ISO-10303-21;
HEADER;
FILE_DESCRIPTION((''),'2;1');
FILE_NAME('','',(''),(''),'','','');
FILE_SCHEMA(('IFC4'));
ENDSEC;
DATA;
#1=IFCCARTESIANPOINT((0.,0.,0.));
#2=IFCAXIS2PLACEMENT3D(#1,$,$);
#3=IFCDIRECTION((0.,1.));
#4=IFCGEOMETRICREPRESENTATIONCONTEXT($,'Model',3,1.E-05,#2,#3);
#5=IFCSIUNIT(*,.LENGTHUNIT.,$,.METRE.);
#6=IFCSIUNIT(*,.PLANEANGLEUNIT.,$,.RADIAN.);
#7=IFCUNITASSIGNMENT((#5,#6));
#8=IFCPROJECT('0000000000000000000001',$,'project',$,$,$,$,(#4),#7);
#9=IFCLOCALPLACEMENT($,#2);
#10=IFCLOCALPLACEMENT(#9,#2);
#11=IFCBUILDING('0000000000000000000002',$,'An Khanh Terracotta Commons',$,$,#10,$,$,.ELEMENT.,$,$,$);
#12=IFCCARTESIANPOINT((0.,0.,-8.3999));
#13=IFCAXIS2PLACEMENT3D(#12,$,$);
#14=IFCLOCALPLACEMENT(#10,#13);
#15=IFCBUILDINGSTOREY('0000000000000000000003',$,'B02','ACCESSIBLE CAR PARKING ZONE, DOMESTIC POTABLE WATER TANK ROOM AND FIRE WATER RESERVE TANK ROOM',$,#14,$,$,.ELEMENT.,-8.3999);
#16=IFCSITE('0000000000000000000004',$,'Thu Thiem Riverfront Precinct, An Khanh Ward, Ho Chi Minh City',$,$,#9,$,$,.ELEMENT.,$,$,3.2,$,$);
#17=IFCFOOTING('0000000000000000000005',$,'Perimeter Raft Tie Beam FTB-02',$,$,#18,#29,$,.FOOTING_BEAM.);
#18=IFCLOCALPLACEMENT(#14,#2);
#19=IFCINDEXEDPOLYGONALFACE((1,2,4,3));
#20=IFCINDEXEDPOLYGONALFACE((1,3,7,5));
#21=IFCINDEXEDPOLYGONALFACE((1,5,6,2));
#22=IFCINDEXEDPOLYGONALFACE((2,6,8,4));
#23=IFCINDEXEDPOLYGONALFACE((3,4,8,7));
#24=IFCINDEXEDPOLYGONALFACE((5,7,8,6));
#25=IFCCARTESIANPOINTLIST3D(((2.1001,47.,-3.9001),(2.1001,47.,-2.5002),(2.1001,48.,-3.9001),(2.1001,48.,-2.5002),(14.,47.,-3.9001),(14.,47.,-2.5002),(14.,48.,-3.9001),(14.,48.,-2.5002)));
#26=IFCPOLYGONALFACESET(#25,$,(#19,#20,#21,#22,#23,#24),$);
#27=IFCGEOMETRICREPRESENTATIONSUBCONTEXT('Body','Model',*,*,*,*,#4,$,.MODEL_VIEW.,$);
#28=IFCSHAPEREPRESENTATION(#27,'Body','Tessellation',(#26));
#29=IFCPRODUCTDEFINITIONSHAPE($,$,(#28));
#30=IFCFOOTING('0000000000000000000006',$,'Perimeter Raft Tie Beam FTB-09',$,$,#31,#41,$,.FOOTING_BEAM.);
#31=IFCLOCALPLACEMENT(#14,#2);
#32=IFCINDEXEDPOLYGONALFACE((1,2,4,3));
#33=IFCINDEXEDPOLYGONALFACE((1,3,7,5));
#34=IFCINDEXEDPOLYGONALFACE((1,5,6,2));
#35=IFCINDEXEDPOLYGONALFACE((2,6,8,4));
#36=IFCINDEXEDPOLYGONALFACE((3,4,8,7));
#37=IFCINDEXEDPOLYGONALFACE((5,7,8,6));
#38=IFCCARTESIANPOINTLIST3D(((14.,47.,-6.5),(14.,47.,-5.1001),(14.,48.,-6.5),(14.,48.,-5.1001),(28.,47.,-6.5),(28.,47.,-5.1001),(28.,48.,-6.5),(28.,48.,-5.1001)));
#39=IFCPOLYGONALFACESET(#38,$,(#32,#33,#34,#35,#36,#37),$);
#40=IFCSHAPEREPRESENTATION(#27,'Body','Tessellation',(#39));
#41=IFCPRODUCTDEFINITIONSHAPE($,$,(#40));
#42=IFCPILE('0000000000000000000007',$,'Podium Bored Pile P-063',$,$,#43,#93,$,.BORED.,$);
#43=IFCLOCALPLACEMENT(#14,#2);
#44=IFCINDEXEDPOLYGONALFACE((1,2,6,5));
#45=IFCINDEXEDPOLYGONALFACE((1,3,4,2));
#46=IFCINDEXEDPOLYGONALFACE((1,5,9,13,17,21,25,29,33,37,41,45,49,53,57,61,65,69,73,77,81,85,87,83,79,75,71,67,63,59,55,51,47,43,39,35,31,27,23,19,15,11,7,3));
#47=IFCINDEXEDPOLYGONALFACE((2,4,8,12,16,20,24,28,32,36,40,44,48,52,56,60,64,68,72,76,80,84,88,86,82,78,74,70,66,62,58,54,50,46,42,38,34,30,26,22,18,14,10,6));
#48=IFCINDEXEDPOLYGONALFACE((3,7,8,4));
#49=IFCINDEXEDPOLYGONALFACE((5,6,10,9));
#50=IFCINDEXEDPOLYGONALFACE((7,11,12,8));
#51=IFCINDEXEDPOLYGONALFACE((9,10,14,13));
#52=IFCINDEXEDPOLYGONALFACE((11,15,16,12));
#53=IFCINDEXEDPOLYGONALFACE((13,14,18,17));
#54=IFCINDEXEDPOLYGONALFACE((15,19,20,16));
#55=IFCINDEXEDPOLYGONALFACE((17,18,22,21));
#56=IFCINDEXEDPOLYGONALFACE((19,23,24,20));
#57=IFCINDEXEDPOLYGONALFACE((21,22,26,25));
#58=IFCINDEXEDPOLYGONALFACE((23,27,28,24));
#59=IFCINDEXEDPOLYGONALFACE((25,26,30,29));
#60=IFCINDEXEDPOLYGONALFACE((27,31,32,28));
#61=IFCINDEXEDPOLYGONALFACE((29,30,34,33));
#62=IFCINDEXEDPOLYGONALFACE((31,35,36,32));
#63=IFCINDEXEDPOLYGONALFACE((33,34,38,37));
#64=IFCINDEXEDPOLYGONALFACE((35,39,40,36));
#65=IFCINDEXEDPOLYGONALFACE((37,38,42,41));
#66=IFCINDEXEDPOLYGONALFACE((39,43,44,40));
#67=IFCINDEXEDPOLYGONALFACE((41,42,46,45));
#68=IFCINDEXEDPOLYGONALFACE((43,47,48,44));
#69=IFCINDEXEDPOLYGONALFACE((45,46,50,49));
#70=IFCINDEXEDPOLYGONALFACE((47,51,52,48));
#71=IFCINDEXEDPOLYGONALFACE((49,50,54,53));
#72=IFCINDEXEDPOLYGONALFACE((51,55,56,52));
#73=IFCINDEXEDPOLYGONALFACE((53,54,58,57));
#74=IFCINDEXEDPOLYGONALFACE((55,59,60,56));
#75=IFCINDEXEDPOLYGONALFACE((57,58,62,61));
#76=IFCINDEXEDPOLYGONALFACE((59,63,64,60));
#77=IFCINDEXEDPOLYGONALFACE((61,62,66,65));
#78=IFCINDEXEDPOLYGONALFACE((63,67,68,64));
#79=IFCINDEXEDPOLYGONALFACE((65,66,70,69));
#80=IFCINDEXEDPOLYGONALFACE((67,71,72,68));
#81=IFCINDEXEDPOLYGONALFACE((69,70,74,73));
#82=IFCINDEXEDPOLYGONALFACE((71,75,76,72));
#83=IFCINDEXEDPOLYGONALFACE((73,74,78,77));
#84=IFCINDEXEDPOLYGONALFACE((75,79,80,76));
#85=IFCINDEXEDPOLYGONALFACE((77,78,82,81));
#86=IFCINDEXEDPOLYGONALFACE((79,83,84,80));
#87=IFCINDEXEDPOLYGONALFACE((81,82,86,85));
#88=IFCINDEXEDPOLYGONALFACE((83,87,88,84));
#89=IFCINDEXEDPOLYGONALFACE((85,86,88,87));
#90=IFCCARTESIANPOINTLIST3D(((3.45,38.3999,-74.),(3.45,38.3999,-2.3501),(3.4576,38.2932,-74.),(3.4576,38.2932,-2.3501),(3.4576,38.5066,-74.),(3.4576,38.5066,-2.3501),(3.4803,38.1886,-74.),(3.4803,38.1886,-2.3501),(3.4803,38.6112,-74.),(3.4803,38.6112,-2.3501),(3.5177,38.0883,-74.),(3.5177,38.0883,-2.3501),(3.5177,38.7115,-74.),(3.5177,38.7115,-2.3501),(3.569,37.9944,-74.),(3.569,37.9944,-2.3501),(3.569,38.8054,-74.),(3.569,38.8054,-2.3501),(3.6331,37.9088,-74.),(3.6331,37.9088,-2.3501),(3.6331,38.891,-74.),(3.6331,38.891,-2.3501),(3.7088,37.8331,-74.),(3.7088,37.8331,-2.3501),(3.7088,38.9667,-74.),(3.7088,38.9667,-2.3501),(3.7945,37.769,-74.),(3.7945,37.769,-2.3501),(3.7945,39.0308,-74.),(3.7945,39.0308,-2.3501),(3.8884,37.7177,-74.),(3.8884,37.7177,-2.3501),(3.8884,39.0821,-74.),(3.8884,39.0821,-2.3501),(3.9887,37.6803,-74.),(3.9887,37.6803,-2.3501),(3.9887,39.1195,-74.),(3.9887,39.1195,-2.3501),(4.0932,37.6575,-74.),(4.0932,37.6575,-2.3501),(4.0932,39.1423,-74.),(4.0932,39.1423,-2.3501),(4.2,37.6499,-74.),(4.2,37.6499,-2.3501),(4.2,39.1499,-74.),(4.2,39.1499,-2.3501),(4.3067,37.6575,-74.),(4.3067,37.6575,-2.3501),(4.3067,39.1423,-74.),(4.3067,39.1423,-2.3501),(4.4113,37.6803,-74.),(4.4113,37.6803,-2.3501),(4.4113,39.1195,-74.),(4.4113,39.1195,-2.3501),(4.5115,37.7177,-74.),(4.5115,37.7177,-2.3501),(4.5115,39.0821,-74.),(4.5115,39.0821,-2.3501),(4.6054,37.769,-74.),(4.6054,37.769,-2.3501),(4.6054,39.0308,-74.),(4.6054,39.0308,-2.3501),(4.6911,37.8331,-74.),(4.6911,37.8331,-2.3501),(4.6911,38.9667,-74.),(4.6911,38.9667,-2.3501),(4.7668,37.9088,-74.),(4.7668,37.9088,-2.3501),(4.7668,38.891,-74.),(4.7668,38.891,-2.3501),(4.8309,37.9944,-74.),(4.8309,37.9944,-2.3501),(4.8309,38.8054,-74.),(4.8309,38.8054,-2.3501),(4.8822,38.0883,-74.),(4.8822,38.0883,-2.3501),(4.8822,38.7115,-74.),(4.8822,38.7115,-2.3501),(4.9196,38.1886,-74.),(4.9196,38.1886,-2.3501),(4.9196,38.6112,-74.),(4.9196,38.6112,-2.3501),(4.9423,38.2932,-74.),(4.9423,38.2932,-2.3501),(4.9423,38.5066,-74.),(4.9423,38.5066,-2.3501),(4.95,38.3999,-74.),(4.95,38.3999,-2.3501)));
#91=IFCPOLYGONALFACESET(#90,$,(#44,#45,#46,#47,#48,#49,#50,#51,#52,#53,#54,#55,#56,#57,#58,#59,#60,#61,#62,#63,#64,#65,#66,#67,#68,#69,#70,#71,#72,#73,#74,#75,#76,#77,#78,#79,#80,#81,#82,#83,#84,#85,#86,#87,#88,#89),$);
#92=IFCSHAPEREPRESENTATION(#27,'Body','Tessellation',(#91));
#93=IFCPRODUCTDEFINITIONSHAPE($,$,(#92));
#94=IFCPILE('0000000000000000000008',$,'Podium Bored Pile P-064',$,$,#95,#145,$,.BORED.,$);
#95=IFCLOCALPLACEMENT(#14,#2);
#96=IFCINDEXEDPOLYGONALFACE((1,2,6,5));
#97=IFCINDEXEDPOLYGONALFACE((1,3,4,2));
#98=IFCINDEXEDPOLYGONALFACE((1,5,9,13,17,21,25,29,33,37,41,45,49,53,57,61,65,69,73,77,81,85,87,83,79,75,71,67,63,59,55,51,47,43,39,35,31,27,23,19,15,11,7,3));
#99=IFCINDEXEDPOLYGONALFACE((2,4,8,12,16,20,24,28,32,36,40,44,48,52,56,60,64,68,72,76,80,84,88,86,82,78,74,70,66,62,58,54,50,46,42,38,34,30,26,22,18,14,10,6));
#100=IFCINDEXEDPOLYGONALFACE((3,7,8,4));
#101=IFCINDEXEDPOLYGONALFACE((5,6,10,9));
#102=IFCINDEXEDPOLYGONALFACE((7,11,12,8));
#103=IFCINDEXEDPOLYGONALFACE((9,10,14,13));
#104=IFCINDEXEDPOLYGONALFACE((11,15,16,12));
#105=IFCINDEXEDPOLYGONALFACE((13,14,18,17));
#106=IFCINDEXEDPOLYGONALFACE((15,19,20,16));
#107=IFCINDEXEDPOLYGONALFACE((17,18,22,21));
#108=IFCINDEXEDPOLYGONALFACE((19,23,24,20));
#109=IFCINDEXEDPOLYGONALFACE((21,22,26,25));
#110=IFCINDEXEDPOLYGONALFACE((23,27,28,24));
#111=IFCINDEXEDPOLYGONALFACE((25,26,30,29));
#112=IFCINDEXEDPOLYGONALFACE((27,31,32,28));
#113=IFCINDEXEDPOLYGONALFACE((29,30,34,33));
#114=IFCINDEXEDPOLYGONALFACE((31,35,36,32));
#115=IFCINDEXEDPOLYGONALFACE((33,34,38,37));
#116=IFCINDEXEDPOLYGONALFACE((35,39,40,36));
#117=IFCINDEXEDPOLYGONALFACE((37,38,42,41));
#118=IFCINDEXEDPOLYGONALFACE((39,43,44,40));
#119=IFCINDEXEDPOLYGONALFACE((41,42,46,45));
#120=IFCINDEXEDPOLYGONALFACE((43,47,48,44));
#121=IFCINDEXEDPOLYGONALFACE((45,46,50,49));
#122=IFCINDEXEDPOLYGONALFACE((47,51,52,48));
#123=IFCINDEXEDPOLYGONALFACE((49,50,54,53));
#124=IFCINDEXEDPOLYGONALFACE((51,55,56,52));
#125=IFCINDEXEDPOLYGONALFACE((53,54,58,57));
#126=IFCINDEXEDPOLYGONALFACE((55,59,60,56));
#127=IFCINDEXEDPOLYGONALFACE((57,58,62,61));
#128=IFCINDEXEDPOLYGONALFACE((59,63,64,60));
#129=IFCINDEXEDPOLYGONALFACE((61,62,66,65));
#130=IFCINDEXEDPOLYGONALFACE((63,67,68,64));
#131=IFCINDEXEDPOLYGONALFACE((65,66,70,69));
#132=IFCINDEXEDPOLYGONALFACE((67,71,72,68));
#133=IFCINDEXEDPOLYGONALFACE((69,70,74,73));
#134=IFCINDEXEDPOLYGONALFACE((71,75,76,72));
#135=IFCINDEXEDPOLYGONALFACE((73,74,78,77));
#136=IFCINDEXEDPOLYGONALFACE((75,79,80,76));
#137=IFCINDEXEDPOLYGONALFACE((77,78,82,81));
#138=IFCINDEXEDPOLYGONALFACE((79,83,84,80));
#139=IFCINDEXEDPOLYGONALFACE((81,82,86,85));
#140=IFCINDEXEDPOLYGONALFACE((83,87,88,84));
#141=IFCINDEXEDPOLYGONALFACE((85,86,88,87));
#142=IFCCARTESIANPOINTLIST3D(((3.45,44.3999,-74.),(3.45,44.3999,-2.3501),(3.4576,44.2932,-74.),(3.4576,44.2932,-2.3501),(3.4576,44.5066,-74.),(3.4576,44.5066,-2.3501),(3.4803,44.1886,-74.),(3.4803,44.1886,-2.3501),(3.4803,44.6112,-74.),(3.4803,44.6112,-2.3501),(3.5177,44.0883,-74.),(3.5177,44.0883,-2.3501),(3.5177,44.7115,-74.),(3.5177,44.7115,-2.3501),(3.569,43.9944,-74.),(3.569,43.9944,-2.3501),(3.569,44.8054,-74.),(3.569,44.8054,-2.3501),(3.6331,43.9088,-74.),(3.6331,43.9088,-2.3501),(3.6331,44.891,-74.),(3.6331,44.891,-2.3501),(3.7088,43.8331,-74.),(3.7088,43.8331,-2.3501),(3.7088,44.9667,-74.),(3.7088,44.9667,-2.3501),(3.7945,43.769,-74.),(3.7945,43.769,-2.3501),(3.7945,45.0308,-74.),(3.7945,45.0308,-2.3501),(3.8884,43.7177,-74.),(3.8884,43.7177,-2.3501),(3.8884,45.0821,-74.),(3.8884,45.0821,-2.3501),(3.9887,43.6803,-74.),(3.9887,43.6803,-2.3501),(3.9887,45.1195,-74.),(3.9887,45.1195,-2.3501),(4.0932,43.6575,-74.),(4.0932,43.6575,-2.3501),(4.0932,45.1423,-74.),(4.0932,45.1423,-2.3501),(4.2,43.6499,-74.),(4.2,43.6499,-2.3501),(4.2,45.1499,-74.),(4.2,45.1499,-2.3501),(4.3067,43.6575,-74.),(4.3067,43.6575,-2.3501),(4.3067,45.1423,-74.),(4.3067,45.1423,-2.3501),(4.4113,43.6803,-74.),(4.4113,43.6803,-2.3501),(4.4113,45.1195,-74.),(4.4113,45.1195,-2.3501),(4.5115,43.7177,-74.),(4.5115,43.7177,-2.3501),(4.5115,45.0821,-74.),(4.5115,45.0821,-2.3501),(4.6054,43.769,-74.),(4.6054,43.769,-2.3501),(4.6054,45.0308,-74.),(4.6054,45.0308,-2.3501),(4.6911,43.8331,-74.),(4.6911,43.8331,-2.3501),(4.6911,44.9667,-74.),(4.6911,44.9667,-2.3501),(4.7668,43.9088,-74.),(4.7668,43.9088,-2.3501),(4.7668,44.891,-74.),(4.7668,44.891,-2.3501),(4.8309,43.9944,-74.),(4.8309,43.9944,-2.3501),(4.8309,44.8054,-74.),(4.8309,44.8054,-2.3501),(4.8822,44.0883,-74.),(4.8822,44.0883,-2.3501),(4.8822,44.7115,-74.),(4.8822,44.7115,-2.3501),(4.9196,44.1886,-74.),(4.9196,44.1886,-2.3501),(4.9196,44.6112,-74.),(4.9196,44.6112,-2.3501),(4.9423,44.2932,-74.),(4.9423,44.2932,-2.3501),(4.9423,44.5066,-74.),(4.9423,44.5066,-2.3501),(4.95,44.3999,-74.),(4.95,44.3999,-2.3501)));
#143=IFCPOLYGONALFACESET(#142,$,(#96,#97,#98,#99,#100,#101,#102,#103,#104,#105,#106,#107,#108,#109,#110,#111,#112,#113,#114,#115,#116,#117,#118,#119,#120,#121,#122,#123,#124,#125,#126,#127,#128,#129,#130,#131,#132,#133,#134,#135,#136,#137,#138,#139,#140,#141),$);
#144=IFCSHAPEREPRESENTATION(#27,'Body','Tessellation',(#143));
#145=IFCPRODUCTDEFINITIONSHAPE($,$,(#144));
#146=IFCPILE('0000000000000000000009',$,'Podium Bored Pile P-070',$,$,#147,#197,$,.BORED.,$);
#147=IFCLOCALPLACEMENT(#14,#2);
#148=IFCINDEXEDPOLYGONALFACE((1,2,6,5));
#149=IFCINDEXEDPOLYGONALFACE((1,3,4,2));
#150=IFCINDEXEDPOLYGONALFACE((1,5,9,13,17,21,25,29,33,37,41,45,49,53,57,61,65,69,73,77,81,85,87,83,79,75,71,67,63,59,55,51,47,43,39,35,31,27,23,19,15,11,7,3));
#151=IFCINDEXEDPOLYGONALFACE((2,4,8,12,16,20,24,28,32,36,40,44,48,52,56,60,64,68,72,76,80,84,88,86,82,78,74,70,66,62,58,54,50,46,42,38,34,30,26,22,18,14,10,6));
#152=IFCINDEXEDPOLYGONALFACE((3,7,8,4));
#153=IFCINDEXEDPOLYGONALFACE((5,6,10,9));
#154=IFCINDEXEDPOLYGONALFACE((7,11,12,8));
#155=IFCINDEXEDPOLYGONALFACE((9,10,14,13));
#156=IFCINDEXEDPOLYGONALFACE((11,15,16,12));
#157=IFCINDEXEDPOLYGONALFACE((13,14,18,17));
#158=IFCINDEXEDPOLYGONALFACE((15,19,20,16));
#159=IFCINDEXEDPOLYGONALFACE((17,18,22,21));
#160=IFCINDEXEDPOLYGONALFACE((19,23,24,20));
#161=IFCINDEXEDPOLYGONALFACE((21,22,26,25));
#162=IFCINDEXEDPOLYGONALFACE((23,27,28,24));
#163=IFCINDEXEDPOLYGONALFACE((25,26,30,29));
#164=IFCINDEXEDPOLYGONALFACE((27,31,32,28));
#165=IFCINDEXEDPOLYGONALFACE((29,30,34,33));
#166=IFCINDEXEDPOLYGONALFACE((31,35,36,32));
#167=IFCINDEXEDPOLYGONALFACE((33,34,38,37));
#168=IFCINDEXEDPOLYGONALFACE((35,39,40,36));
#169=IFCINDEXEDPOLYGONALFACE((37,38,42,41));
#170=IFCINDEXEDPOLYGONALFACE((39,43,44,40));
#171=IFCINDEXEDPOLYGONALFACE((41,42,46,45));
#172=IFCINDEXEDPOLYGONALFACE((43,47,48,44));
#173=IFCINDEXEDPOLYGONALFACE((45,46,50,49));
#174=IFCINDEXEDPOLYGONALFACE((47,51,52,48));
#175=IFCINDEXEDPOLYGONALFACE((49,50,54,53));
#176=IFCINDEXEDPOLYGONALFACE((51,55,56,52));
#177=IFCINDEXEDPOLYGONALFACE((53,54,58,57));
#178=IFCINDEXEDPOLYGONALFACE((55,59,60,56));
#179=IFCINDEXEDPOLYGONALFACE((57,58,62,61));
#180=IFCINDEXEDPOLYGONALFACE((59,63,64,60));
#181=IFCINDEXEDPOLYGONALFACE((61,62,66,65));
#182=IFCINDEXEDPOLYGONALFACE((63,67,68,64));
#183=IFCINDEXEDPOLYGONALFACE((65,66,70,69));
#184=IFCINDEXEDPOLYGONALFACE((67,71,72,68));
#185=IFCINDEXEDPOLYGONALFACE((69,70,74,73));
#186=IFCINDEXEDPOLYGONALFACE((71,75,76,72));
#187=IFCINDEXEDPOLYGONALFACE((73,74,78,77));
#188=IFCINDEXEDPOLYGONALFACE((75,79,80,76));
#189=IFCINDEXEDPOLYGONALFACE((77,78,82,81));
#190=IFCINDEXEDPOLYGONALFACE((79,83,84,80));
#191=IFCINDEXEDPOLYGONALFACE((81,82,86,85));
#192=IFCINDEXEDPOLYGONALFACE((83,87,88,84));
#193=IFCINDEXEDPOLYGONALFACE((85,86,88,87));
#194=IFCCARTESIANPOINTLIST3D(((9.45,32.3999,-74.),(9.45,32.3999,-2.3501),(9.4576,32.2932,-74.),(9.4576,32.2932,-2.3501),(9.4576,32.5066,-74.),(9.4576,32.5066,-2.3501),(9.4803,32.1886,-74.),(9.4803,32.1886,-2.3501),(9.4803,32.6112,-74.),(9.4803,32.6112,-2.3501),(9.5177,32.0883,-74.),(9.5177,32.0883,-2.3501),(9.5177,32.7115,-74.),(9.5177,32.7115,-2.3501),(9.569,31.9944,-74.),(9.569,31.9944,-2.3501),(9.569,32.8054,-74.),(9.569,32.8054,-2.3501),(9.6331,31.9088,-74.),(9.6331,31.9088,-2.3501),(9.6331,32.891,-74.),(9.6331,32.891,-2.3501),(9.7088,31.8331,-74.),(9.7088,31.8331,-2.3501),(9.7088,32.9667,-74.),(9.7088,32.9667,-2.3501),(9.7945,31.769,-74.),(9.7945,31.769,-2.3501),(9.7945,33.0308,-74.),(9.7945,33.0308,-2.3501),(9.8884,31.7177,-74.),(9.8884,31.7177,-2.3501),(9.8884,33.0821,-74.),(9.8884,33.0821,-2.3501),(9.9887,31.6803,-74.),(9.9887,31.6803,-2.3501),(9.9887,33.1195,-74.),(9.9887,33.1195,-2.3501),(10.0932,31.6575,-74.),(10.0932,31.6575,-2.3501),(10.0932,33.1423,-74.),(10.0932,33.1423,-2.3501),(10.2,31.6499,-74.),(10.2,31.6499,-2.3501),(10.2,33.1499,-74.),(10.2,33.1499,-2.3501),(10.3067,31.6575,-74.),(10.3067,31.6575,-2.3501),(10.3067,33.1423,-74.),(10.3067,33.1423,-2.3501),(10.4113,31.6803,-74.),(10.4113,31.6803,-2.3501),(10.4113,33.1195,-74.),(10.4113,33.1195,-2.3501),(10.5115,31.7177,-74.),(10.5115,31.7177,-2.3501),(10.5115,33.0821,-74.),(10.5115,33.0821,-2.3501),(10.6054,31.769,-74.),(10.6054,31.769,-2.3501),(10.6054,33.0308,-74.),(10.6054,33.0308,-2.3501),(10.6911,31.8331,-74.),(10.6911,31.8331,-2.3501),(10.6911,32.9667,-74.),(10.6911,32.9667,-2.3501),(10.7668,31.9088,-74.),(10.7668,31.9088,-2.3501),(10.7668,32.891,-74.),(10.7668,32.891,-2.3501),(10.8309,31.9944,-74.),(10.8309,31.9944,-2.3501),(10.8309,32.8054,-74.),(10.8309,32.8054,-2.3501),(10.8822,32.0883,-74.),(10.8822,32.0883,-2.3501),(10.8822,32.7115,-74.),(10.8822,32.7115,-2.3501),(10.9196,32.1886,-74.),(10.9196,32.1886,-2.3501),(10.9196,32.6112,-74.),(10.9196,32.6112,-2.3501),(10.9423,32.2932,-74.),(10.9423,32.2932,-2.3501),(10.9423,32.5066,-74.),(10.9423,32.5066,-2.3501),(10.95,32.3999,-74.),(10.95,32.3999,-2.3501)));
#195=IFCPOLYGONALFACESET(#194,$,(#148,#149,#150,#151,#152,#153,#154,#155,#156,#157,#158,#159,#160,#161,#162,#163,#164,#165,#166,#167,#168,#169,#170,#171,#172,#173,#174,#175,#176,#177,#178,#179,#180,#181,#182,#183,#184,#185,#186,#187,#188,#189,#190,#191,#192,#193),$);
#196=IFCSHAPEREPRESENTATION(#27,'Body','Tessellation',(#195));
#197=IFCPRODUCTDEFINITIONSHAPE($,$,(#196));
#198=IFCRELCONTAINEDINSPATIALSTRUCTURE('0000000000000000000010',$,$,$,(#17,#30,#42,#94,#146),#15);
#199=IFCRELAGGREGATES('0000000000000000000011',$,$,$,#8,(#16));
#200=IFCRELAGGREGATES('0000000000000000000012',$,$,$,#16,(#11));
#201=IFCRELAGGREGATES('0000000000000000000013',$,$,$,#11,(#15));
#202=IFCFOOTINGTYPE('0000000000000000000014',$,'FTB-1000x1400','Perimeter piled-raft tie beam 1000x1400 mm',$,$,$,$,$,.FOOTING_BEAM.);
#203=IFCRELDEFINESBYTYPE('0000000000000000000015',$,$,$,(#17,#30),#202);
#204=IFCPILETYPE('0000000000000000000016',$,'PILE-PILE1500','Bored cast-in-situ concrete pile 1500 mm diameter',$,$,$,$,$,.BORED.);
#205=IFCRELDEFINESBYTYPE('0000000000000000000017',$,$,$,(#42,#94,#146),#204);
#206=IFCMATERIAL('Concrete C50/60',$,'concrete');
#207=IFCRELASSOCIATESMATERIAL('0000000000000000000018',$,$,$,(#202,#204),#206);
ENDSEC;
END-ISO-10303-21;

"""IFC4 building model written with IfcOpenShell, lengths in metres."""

from ifc_helpers import new_model, si_unit, direction, frame, origin, origin_2d, place, context, subcontext, project, spatial, rectangle, circle, extrude, material, material_profile, profile_set, type_object, element, save


model = new_model("IFC4")

# Units and contexts
model_context = context("Model", 3, precision=1e-05, world=origin(), true_north=direction((0.0, 1.0)))
body_context = subcontext(model_context, "Body", "Model", "MODEL_VIEW")
ifc_project = project(units=[si_unit("LENGTHUNIT", "METRE"), si_unit("PLANEANGLEUNIT", "RADIAN")], contexts=[model_context])

# Site, building, storey
site_placement = place(None, origin())
site = spatial("IfcSite", under=ifc_project, at=site_placement, Name="Thu Thiem Riverfront Precinct, An Khanh Ward, Ho Chi Minh City", CompositionType="ELEMENT", RefElevation=3.2)
building_placement = place(site_placement, origin())
building = spatial("IfcBuilding", under=site, at=building_placement, Name="An Khanh Terracotta Commons", CompositionType="ELEMENT")
storey_placement = place(building_placement, frame((0.0, 0.0, -8.3999)))
storey = spatial("IfcBuildingStorey", under=building, at=storey_placement, Name="B02", Description="ACCESSIBLE CAR PARKING ZONE, DOMESTIC POTABLE WATER TANK ROOM AND FIRE WATER RESERVE TANK ROOM", CompositionType="ELEMENT", Elevation=-8.3999)

# Footings
ifc_material_1 = material(Name="Concrete C50/60", Category="concrete")
ifc_material_profile_1 = material_profile(ifc_material_1, rectangle(XDim=1.0, YDim=1.3999, at=origin_2d()), Name="FTB1000x1400")
ifc_profile_set_1 = profile_set([ifc_material_profile_1], Name="Concrete C50/60")
footing_type = type_object("IfcFootingType", Name="FTB-1000x1400", Description="Perimeter piled-raft tie beam 1000x1400 mm", PredefinedType="FOOTING_BEAM", material=ifc_profile_set_1)
footing_1_placement = place(storey_placement, frame((14.0, 47.5, -3.2002), z_axis=(-1.0, 0.0, 0.0), x_axis=(0.0, -1.0, 0.0)))
element("IfcFooting", 1, at=footing_1_placement, inside=storey, type_object=footing_type, Name="Perimeter Raft Tie Beam FTB-02", PredefinedType="FOOTING_BEAM", context=body_context, shape_type="SweptSolid", body=[
    extrude(rectangle(XDim=1.0, YDim=1.3999, at=origin_2d()), origin(), (0.0, 0.0, 1.0), 11.8999),
])
footing_2_placement = place(storey_placement, frame((14.0, 47.5, -5.8), z_axis=(1.0, 0.0, 0.0), x_axis=(0.0, 1.0, 0.0)))
element("IfcFooting", 2, at=footing_2_placement, inside=storey, type_object=footing_type, Name="Perimeter Raft Tie Beam FTB-09", PredefinedType="FOOTING_BEAM", context=body_context, shape_type="SweptSolid", body=[
    extrude(rectangle(XDim=1.0, YDim=1.3999, at=origin_2d()), origin(), (0.0, 0.0, 1.0), 14.0),
])

# Piles
ifc_material_profile_2 = material_profile(ifc_material_1, circle(Radius=0.75, at=origin_2d()), Name="PILE1500")
ifc_profile_set_2 = profile_set([ifc_material_profile_2], Name="Concrete C50/60")
pile_type_1 = type_object("IfcPileType", Name="PILE-PILE1500", Description="Bored cast-in-situ concrete pile 1500 mm diameter", PredefinedType="BORED", material=ifc_profile_set_2)
for number, where, z_axis, x_axis, name in (
    (3, (4.2, 38.3999, -2.3501), (0.0, 0.0, -1.0), (1.0, 0.0, 0.0), "Podium Bored Pile P-063"),
    (4, (4.2, 44.3999, -2.3501), (0.0, 0.0, -1.0), (1.0, 0.0, 0.0), "Podium Bored Pile P-064"),
    (5, (10.2, 32.3999, -2.3501), (0.0, 0.0, -1.0), (1.0, 0.0, 0.0), "Podium Bored Pile P-070"),
):
    element("IfcPile", number, at=place(storey_placement, frame(where, z_axis=z_axis, x_axis=x_axis)), inside=storey, type_object=pile_type_1, Name=name, PredefinedType="BORED", context=body_context, shape_type="SweptSolid", body=[
        extrude(circle(Radius=0.75, at=origin_2d()), origin(), (0.0, 0.0, 1.0), 71.6499),
    ])

save(model, "model.ifc")
